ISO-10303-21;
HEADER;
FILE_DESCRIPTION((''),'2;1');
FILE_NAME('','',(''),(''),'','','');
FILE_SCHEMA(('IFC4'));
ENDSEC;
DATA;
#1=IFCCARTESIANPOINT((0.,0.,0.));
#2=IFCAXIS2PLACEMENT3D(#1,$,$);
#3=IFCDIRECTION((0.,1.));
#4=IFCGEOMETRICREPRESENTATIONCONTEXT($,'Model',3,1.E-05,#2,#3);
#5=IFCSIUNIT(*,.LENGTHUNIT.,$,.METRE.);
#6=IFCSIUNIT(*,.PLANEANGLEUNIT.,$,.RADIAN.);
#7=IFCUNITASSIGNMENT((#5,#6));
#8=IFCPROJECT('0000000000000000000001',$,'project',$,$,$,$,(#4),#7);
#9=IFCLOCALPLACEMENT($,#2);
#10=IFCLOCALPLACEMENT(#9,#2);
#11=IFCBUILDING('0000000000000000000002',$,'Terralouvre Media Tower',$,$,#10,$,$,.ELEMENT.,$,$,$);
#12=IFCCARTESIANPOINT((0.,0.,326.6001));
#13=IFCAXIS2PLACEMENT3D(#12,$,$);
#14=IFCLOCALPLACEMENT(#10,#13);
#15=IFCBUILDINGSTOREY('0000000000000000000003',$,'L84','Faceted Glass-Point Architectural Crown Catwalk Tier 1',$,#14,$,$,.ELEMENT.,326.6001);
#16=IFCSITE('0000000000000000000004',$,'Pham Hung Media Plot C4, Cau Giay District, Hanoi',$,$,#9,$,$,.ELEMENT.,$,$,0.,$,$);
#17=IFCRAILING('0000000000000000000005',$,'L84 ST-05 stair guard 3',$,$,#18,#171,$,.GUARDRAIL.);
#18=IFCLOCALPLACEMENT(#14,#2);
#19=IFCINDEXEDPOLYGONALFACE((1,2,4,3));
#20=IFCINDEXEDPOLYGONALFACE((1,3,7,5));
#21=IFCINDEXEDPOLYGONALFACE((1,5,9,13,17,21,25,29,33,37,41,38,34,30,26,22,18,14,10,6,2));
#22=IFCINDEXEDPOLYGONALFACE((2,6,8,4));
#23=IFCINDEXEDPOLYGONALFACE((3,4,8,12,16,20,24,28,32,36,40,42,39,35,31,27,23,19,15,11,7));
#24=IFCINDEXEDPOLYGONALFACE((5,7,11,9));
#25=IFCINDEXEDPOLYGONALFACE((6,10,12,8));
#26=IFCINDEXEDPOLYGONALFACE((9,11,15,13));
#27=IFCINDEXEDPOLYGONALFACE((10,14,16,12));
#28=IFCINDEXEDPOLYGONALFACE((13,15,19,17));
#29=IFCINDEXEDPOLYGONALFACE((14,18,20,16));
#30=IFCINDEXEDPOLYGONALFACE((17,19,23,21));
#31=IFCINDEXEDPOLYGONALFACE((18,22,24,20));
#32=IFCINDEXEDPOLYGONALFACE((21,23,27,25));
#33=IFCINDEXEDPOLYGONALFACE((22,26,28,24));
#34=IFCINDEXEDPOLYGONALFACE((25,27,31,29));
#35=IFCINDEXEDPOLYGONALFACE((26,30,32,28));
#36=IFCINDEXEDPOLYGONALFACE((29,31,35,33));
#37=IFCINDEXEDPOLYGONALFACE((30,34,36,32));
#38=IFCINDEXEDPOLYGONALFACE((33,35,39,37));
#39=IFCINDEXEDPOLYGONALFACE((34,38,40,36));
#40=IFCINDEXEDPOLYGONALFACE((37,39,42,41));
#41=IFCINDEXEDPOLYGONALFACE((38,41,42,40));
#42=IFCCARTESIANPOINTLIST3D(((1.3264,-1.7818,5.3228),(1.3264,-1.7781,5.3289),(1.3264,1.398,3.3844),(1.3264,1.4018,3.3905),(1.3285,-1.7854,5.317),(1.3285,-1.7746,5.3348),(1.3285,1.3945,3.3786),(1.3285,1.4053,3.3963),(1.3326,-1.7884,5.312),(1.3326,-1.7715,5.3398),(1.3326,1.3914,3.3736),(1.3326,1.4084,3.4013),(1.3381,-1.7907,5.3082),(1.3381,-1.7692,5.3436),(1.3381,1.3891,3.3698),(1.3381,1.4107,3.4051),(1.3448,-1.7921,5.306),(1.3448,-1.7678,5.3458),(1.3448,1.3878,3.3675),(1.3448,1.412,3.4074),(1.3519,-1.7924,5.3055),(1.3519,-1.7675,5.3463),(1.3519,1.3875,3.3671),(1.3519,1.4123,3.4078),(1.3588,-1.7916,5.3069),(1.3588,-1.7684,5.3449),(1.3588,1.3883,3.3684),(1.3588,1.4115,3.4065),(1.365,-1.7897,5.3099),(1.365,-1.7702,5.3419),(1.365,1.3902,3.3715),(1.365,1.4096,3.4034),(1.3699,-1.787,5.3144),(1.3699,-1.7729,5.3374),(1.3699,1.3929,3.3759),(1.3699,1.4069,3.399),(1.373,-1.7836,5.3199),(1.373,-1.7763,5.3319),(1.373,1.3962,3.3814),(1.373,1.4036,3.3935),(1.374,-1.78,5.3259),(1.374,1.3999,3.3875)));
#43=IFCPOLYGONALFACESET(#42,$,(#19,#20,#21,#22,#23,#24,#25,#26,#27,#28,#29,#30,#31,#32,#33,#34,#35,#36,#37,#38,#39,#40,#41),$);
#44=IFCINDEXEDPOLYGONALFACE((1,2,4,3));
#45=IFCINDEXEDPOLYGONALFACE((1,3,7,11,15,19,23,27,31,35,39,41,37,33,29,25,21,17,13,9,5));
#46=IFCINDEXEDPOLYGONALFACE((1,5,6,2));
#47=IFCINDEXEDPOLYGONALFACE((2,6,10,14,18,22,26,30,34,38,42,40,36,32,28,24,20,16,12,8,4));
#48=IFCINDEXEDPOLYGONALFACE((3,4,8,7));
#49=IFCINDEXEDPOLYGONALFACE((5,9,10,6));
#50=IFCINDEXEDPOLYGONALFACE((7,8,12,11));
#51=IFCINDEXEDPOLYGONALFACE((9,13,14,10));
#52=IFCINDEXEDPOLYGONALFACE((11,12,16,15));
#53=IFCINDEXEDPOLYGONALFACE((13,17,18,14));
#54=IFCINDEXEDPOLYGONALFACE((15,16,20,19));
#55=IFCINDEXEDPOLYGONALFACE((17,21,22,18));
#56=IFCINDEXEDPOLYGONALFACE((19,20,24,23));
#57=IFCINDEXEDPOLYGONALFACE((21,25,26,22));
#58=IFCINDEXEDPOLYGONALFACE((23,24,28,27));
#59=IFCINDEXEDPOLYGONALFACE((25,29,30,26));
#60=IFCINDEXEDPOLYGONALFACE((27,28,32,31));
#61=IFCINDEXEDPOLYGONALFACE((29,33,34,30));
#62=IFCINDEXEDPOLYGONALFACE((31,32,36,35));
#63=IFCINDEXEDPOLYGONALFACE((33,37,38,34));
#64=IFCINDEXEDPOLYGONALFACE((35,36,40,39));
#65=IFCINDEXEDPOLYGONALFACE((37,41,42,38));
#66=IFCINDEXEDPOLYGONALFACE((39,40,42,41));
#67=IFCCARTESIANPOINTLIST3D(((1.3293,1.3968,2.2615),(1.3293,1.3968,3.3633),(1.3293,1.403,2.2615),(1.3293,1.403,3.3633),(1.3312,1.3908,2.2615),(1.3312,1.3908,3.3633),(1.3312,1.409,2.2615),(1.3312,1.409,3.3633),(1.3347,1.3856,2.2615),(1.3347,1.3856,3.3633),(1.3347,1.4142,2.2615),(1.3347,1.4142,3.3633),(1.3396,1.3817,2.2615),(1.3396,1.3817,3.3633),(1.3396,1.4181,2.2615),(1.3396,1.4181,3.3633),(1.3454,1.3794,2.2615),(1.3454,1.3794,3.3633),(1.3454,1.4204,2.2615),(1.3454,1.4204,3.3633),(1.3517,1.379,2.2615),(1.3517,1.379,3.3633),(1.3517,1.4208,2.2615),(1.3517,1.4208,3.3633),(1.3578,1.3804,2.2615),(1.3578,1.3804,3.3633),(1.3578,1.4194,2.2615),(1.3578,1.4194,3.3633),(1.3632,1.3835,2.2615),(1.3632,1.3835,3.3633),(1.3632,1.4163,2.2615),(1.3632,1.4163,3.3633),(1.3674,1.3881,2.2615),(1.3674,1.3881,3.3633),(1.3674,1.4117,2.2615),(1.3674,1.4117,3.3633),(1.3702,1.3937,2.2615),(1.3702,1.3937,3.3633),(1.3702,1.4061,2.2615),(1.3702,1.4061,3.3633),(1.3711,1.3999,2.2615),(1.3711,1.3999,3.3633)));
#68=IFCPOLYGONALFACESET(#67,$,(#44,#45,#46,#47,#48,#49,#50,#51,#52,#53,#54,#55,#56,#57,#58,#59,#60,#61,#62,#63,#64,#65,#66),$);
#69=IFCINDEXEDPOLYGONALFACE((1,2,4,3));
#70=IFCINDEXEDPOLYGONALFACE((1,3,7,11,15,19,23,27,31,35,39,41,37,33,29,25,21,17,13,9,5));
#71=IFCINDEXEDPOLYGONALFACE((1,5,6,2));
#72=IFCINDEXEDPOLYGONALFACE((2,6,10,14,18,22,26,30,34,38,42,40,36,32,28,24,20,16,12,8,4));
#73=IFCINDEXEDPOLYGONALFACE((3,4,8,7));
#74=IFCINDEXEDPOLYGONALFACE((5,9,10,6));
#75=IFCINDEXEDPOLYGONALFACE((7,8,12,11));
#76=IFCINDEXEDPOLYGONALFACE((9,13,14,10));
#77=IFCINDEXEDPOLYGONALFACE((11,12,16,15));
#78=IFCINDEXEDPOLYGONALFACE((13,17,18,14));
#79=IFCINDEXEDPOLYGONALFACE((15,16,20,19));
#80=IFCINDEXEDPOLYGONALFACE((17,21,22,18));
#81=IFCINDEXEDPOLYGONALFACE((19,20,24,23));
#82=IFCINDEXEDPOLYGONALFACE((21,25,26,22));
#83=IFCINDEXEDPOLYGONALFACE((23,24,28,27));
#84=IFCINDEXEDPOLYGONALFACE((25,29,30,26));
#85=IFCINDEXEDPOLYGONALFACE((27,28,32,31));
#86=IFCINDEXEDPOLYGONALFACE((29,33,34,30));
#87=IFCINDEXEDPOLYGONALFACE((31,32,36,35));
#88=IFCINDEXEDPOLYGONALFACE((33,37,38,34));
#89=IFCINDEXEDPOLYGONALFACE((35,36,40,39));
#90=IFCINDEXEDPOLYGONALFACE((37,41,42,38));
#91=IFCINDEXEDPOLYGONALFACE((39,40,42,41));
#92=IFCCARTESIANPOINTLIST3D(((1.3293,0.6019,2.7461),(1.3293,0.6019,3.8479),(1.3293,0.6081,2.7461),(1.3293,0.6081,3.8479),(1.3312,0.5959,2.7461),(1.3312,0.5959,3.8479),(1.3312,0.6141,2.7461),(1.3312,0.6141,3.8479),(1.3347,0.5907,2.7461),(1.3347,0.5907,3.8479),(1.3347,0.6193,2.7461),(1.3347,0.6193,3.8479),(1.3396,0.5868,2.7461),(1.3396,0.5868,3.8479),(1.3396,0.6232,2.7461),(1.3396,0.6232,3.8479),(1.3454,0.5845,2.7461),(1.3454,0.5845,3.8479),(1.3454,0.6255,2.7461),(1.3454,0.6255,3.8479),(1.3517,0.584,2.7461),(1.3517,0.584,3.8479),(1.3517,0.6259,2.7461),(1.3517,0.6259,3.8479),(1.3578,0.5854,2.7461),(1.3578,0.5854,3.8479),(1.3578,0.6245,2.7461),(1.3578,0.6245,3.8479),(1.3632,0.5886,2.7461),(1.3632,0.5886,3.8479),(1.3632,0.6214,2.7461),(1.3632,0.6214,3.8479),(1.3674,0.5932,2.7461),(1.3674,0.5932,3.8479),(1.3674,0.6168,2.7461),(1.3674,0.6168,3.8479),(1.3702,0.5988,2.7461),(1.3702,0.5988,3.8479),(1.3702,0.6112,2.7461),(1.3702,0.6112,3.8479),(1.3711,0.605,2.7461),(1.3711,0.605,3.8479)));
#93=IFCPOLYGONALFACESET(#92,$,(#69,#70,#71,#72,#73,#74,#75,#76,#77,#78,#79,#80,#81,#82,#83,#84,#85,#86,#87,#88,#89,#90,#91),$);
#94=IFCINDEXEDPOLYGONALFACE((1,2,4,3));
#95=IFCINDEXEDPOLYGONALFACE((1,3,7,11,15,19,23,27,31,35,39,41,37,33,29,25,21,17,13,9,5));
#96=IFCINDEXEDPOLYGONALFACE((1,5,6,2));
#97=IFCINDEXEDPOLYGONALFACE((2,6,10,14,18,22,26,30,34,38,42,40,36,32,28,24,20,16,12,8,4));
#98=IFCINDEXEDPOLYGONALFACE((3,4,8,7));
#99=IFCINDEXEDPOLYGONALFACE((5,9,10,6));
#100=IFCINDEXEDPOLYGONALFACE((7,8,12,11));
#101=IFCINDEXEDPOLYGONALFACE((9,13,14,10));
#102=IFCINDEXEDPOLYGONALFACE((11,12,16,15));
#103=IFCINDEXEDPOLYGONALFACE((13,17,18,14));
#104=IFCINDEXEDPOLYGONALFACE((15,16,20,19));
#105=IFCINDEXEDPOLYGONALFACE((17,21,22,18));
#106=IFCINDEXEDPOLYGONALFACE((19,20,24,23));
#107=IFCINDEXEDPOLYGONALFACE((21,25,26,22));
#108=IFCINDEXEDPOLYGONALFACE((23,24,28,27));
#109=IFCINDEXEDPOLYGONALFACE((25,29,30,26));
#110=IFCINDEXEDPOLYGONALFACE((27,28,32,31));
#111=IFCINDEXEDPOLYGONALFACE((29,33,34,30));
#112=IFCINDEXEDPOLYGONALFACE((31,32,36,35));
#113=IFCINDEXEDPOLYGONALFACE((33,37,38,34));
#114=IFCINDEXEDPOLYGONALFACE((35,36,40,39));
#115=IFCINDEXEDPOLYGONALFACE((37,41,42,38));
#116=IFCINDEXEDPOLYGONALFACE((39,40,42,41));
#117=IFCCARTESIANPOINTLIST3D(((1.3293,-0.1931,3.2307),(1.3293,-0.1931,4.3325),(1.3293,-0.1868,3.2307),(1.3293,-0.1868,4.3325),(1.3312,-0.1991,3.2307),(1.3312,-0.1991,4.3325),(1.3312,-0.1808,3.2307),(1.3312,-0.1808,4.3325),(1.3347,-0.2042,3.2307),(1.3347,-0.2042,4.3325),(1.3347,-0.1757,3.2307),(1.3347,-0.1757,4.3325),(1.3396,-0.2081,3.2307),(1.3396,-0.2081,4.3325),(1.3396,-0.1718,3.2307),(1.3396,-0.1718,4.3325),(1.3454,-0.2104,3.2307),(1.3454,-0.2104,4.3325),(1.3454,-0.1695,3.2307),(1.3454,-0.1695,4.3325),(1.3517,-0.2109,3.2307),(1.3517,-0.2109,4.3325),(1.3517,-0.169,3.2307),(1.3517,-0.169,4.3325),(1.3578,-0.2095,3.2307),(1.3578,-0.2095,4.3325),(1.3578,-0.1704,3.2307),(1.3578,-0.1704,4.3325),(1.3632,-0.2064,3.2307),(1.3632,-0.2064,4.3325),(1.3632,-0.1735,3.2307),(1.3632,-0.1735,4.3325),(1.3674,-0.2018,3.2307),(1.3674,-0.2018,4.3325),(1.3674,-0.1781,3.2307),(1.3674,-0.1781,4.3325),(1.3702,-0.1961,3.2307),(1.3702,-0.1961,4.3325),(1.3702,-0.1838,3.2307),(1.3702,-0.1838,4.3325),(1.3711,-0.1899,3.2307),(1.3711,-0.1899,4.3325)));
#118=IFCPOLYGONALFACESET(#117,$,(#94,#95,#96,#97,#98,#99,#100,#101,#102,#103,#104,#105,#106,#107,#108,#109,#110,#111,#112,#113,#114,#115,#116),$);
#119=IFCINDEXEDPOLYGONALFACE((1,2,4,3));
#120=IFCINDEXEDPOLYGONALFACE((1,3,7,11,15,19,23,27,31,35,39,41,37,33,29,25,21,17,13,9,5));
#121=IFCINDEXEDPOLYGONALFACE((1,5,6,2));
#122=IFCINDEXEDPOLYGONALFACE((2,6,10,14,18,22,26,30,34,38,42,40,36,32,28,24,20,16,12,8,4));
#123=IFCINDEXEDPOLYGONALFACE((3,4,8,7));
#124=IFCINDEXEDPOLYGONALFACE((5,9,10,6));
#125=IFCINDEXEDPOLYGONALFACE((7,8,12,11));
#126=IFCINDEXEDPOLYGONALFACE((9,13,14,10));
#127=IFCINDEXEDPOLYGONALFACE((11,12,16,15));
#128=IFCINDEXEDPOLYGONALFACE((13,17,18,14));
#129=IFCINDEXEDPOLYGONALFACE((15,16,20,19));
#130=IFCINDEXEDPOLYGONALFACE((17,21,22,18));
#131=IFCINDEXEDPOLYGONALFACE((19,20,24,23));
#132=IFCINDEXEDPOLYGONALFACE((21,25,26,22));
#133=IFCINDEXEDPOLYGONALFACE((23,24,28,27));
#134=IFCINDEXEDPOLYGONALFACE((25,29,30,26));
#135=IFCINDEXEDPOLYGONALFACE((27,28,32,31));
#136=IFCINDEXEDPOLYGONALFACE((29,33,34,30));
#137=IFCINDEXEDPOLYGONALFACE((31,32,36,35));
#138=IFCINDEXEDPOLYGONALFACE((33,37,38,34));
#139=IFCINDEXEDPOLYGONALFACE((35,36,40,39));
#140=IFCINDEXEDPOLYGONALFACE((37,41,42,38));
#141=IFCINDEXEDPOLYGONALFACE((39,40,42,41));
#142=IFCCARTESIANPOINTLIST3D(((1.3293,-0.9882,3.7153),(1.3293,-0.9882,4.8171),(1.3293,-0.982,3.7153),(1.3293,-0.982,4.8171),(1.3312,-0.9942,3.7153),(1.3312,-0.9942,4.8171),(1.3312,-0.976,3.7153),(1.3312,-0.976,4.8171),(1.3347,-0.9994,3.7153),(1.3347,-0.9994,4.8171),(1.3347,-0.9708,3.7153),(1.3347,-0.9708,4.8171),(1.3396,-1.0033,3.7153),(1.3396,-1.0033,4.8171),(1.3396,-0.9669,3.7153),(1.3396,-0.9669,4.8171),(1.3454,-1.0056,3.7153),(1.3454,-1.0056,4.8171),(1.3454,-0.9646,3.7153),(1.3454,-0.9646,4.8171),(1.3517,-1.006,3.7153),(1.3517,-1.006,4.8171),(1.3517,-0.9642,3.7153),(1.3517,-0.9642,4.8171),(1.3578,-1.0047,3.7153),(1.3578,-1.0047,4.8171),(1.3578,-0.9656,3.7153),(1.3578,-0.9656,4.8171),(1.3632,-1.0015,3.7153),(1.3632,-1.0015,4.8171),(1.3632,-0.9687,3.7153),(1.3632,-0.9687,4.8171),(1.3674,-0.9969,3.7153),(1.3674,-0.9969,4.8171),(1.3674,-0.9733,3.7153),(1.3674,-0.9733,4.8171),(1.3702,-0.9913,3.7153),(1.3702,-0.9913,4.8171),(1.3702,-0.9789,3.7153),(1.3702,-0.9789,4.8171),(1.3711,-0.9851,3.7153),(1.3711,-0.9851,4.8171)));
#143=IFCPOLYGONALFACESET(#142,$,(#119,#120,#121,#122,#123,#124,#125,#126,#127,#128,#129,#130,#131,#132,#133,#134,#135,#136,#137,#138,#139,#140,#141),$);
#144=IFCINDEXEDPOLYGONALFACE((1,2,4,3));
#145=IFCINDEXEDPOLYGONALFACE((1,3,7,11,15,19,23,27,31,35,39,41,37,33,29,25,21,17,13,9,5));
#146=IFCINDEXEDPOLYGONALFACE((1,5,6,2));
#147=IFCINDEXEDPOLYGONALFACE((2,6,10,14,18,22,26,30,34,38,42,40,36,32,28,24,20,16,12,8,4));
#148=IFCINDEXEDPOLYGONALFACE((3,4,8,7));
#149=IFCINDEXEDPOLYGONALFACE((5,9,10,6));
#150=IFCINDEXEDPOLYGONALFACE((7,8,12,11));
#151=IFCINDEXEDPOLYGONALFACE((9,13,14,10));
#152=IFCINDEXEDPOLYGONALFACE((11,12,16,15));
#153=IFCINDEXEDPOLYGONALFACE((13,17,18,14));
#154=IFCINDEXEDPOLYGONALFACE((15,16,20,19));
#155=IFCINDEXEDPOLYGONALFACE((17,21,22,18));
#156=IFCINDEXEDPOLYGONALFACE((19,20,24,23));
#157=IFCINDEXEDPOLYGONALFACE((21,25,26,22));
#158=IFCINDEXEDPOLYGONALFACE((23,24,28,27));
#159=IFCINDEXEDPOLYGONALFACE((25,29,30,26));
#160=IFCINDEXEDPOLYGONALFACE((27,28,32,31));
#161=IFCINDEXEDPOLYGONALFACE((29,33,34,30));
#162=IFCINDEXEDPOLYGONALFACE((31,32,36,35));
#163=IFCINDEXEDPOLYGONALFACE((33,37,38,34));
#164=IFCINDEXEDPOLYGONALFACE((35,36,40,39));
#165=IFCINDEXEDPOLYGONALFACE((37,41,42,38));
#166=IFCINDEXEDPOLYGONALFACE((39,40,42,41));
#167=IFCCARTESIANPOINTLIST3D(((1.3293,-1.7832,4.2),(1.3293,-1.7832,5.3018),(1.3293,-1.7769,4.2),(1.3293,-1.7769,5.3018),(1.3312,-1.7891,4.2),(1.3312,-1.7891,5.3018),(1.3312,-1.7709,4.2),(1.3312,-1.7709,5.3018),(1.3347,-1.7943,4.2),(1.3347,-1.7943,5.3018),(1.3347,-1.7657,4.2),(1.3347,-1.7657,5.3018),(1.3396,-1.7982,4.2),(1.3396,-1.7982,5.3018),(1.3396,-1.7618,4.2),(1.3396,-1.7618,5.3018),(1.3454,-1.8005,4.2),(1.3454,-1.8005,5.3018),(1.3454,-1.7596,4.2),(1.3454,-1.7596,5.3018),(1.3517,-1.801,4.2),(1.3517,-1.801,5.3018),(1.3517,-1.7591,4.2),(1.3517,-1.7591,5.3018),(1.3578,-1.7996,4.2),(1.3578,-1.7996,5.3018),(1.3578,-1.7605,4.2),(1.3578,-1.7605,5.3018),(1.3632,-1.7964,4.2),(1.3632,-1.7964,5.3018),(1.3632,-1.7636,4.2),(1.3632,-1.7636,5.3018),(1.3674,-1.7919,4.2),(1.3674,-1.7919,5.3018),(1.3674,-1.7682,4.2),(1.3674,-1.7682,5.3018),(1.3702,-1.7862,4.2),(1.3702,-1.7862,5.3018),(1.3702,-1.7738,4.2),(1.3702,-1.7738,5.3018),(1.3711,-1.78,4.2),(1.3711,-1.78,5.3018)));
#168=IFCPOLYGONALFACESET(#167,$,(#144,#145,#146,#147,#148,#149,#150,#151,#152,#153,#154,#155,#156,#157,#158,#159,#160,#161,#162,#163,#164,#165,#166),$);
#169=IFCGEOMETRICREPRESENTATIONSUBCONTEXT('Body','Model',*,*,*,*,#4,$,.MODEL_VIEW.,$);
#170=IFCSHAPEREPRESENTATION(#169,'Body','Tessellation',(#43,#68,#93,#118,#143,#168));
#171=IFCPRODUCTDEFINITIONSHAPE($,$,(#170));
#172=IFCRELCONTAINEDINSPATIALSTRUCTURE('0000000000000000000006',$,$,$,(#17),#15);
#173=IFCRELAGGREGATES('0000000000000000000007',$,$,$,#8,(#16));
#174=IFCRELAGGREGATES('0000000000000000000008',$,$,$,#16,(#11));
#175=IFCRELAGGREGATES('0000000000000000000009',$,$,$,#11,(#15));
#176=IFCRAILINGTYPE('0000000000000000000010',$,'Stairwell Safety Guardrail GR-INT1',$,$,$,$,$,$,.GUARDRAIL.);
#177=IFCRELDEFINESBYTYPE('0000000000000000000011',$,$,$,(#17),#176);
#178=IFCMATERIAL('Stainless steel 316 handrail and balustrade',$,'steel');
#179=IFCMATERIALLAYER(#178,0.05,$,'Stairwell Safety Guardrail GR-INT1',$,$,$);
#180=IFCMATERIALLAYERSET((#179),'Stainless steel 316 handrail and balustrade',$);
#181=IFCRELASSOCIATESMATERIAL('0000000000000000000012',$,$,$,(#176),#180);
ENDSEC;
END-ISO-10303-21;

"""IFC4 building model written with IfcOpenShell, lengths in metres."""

from ifc_helpers import new_model, si_unit, direction, frame, origin, origin_2d, place, context, subcontext, project, spatial, circle, extrude, material, layer, layer_set, type_object, element, save


model = new_model("IFC4")

# Units and contexts
model_context = context("Model", 3, precision=1e-05, world=origin(), true_north=direction((0.0, 1.0)))
body_context = subcontext(model_context, "Body", "Model", "MODEL_VIEW")
ifc_project = project(units=[si_unit("LENGTHUNIT", "METRE"), si_unit("PLANEANGLEUNIT", "RADIAN")], contexts=[model_context])

# Site, building, storey
site_placement = place(None, origin())
site = spatial("IfcSite", under=ifc_project, at=site_placement, Name="Pham Hung Media Plot C4, Cau Giay District, Hanoi", CompositionType="ELEMENT", RefElevation=0.0)
building_placement = place(site_placement, origin())
building = spatial("IfcBuilding", under=site, at=building_placement, Name="Terralouvre Media Tower", CompositionType="ELEMENT")
storey_placement = place(building_placement, frame((0.0, 0.0, 326.6001)))
storey = spatial("IfcBuildingStorey", under=building, at=storey_placement, Name="L84", Description="Faceted Glass-Point Architectural Crown Catwalk Tier 1", CompositionType="ELEMENT", Elevation=326.6001)

# Railing
ifc_material_1 = material(Name="Stainless steel 316 handrail and balustrade", Category="steel")
ifc_layer_1 = layer(ifc_material_1, 0.05, Name="Stairwell Safety Guardrail GR-INT1")
ifc_layer_set_1 = layer_set([ifc_layer_1], Name="Stainless steel 316 handrail and balustrade")
railing_type_1 = type_object("IfcRailingType", Name="Stairwell Safety Guardrail GR-INT1", PredefinedType="GUARDRAIL", material=ifc_layer_set_1)
railing_1_placement = place(storey_placement, frame((1.3501, 1.3999, 2.2615)))
element("IfcRailing", 1, at=railing_1_placement, inside=storey, type_object=railing_type_1, Name="L84 ST-05 stair guard 3", PredefinedType="GUARDRAIL", context=body_context, shape_type="SweptSolid", body=[
    extrude(circle(Radius=0.0239, at=origin_2d()), frame((0.0, 0.0, 1.126), z_axis=(0.0, -0.853857, 0.520508), x_axis=(1.0, 0.0, 0.0)), (0.0, 0.0, 1.0), 3.7241),
    extrude(circle(Radius=0.021, at=origin_2d()), origin(), (0.0, 0.0, 1.0), 1.1018),
    extrude(circle(Radius=0.021, at=origin_2d()), frame((0.0, -0.7949, 0.4846)), (0.0, 0.0, 1.0), 1.1018),
    extrude(circle(Radius=0.021, at=origin_2d()), frame((0.0, -1.5898, 0.9692)), (0.0, 0.0, 1.0), 1.1018),
    extrude(circle(Radius=0.021, at=origin_2d()), frame((0.0, -2.385, 1.4539)), (0.0, 0.0, 1.0), 1.1018),
    extrude(circle(Radius=0.021, at=origin_2d()), frame((0.0, -3.1799, 1.9385)), (0.0, 0.0, 1.0), 1.1018),
])

save(model, "model.ifc")
